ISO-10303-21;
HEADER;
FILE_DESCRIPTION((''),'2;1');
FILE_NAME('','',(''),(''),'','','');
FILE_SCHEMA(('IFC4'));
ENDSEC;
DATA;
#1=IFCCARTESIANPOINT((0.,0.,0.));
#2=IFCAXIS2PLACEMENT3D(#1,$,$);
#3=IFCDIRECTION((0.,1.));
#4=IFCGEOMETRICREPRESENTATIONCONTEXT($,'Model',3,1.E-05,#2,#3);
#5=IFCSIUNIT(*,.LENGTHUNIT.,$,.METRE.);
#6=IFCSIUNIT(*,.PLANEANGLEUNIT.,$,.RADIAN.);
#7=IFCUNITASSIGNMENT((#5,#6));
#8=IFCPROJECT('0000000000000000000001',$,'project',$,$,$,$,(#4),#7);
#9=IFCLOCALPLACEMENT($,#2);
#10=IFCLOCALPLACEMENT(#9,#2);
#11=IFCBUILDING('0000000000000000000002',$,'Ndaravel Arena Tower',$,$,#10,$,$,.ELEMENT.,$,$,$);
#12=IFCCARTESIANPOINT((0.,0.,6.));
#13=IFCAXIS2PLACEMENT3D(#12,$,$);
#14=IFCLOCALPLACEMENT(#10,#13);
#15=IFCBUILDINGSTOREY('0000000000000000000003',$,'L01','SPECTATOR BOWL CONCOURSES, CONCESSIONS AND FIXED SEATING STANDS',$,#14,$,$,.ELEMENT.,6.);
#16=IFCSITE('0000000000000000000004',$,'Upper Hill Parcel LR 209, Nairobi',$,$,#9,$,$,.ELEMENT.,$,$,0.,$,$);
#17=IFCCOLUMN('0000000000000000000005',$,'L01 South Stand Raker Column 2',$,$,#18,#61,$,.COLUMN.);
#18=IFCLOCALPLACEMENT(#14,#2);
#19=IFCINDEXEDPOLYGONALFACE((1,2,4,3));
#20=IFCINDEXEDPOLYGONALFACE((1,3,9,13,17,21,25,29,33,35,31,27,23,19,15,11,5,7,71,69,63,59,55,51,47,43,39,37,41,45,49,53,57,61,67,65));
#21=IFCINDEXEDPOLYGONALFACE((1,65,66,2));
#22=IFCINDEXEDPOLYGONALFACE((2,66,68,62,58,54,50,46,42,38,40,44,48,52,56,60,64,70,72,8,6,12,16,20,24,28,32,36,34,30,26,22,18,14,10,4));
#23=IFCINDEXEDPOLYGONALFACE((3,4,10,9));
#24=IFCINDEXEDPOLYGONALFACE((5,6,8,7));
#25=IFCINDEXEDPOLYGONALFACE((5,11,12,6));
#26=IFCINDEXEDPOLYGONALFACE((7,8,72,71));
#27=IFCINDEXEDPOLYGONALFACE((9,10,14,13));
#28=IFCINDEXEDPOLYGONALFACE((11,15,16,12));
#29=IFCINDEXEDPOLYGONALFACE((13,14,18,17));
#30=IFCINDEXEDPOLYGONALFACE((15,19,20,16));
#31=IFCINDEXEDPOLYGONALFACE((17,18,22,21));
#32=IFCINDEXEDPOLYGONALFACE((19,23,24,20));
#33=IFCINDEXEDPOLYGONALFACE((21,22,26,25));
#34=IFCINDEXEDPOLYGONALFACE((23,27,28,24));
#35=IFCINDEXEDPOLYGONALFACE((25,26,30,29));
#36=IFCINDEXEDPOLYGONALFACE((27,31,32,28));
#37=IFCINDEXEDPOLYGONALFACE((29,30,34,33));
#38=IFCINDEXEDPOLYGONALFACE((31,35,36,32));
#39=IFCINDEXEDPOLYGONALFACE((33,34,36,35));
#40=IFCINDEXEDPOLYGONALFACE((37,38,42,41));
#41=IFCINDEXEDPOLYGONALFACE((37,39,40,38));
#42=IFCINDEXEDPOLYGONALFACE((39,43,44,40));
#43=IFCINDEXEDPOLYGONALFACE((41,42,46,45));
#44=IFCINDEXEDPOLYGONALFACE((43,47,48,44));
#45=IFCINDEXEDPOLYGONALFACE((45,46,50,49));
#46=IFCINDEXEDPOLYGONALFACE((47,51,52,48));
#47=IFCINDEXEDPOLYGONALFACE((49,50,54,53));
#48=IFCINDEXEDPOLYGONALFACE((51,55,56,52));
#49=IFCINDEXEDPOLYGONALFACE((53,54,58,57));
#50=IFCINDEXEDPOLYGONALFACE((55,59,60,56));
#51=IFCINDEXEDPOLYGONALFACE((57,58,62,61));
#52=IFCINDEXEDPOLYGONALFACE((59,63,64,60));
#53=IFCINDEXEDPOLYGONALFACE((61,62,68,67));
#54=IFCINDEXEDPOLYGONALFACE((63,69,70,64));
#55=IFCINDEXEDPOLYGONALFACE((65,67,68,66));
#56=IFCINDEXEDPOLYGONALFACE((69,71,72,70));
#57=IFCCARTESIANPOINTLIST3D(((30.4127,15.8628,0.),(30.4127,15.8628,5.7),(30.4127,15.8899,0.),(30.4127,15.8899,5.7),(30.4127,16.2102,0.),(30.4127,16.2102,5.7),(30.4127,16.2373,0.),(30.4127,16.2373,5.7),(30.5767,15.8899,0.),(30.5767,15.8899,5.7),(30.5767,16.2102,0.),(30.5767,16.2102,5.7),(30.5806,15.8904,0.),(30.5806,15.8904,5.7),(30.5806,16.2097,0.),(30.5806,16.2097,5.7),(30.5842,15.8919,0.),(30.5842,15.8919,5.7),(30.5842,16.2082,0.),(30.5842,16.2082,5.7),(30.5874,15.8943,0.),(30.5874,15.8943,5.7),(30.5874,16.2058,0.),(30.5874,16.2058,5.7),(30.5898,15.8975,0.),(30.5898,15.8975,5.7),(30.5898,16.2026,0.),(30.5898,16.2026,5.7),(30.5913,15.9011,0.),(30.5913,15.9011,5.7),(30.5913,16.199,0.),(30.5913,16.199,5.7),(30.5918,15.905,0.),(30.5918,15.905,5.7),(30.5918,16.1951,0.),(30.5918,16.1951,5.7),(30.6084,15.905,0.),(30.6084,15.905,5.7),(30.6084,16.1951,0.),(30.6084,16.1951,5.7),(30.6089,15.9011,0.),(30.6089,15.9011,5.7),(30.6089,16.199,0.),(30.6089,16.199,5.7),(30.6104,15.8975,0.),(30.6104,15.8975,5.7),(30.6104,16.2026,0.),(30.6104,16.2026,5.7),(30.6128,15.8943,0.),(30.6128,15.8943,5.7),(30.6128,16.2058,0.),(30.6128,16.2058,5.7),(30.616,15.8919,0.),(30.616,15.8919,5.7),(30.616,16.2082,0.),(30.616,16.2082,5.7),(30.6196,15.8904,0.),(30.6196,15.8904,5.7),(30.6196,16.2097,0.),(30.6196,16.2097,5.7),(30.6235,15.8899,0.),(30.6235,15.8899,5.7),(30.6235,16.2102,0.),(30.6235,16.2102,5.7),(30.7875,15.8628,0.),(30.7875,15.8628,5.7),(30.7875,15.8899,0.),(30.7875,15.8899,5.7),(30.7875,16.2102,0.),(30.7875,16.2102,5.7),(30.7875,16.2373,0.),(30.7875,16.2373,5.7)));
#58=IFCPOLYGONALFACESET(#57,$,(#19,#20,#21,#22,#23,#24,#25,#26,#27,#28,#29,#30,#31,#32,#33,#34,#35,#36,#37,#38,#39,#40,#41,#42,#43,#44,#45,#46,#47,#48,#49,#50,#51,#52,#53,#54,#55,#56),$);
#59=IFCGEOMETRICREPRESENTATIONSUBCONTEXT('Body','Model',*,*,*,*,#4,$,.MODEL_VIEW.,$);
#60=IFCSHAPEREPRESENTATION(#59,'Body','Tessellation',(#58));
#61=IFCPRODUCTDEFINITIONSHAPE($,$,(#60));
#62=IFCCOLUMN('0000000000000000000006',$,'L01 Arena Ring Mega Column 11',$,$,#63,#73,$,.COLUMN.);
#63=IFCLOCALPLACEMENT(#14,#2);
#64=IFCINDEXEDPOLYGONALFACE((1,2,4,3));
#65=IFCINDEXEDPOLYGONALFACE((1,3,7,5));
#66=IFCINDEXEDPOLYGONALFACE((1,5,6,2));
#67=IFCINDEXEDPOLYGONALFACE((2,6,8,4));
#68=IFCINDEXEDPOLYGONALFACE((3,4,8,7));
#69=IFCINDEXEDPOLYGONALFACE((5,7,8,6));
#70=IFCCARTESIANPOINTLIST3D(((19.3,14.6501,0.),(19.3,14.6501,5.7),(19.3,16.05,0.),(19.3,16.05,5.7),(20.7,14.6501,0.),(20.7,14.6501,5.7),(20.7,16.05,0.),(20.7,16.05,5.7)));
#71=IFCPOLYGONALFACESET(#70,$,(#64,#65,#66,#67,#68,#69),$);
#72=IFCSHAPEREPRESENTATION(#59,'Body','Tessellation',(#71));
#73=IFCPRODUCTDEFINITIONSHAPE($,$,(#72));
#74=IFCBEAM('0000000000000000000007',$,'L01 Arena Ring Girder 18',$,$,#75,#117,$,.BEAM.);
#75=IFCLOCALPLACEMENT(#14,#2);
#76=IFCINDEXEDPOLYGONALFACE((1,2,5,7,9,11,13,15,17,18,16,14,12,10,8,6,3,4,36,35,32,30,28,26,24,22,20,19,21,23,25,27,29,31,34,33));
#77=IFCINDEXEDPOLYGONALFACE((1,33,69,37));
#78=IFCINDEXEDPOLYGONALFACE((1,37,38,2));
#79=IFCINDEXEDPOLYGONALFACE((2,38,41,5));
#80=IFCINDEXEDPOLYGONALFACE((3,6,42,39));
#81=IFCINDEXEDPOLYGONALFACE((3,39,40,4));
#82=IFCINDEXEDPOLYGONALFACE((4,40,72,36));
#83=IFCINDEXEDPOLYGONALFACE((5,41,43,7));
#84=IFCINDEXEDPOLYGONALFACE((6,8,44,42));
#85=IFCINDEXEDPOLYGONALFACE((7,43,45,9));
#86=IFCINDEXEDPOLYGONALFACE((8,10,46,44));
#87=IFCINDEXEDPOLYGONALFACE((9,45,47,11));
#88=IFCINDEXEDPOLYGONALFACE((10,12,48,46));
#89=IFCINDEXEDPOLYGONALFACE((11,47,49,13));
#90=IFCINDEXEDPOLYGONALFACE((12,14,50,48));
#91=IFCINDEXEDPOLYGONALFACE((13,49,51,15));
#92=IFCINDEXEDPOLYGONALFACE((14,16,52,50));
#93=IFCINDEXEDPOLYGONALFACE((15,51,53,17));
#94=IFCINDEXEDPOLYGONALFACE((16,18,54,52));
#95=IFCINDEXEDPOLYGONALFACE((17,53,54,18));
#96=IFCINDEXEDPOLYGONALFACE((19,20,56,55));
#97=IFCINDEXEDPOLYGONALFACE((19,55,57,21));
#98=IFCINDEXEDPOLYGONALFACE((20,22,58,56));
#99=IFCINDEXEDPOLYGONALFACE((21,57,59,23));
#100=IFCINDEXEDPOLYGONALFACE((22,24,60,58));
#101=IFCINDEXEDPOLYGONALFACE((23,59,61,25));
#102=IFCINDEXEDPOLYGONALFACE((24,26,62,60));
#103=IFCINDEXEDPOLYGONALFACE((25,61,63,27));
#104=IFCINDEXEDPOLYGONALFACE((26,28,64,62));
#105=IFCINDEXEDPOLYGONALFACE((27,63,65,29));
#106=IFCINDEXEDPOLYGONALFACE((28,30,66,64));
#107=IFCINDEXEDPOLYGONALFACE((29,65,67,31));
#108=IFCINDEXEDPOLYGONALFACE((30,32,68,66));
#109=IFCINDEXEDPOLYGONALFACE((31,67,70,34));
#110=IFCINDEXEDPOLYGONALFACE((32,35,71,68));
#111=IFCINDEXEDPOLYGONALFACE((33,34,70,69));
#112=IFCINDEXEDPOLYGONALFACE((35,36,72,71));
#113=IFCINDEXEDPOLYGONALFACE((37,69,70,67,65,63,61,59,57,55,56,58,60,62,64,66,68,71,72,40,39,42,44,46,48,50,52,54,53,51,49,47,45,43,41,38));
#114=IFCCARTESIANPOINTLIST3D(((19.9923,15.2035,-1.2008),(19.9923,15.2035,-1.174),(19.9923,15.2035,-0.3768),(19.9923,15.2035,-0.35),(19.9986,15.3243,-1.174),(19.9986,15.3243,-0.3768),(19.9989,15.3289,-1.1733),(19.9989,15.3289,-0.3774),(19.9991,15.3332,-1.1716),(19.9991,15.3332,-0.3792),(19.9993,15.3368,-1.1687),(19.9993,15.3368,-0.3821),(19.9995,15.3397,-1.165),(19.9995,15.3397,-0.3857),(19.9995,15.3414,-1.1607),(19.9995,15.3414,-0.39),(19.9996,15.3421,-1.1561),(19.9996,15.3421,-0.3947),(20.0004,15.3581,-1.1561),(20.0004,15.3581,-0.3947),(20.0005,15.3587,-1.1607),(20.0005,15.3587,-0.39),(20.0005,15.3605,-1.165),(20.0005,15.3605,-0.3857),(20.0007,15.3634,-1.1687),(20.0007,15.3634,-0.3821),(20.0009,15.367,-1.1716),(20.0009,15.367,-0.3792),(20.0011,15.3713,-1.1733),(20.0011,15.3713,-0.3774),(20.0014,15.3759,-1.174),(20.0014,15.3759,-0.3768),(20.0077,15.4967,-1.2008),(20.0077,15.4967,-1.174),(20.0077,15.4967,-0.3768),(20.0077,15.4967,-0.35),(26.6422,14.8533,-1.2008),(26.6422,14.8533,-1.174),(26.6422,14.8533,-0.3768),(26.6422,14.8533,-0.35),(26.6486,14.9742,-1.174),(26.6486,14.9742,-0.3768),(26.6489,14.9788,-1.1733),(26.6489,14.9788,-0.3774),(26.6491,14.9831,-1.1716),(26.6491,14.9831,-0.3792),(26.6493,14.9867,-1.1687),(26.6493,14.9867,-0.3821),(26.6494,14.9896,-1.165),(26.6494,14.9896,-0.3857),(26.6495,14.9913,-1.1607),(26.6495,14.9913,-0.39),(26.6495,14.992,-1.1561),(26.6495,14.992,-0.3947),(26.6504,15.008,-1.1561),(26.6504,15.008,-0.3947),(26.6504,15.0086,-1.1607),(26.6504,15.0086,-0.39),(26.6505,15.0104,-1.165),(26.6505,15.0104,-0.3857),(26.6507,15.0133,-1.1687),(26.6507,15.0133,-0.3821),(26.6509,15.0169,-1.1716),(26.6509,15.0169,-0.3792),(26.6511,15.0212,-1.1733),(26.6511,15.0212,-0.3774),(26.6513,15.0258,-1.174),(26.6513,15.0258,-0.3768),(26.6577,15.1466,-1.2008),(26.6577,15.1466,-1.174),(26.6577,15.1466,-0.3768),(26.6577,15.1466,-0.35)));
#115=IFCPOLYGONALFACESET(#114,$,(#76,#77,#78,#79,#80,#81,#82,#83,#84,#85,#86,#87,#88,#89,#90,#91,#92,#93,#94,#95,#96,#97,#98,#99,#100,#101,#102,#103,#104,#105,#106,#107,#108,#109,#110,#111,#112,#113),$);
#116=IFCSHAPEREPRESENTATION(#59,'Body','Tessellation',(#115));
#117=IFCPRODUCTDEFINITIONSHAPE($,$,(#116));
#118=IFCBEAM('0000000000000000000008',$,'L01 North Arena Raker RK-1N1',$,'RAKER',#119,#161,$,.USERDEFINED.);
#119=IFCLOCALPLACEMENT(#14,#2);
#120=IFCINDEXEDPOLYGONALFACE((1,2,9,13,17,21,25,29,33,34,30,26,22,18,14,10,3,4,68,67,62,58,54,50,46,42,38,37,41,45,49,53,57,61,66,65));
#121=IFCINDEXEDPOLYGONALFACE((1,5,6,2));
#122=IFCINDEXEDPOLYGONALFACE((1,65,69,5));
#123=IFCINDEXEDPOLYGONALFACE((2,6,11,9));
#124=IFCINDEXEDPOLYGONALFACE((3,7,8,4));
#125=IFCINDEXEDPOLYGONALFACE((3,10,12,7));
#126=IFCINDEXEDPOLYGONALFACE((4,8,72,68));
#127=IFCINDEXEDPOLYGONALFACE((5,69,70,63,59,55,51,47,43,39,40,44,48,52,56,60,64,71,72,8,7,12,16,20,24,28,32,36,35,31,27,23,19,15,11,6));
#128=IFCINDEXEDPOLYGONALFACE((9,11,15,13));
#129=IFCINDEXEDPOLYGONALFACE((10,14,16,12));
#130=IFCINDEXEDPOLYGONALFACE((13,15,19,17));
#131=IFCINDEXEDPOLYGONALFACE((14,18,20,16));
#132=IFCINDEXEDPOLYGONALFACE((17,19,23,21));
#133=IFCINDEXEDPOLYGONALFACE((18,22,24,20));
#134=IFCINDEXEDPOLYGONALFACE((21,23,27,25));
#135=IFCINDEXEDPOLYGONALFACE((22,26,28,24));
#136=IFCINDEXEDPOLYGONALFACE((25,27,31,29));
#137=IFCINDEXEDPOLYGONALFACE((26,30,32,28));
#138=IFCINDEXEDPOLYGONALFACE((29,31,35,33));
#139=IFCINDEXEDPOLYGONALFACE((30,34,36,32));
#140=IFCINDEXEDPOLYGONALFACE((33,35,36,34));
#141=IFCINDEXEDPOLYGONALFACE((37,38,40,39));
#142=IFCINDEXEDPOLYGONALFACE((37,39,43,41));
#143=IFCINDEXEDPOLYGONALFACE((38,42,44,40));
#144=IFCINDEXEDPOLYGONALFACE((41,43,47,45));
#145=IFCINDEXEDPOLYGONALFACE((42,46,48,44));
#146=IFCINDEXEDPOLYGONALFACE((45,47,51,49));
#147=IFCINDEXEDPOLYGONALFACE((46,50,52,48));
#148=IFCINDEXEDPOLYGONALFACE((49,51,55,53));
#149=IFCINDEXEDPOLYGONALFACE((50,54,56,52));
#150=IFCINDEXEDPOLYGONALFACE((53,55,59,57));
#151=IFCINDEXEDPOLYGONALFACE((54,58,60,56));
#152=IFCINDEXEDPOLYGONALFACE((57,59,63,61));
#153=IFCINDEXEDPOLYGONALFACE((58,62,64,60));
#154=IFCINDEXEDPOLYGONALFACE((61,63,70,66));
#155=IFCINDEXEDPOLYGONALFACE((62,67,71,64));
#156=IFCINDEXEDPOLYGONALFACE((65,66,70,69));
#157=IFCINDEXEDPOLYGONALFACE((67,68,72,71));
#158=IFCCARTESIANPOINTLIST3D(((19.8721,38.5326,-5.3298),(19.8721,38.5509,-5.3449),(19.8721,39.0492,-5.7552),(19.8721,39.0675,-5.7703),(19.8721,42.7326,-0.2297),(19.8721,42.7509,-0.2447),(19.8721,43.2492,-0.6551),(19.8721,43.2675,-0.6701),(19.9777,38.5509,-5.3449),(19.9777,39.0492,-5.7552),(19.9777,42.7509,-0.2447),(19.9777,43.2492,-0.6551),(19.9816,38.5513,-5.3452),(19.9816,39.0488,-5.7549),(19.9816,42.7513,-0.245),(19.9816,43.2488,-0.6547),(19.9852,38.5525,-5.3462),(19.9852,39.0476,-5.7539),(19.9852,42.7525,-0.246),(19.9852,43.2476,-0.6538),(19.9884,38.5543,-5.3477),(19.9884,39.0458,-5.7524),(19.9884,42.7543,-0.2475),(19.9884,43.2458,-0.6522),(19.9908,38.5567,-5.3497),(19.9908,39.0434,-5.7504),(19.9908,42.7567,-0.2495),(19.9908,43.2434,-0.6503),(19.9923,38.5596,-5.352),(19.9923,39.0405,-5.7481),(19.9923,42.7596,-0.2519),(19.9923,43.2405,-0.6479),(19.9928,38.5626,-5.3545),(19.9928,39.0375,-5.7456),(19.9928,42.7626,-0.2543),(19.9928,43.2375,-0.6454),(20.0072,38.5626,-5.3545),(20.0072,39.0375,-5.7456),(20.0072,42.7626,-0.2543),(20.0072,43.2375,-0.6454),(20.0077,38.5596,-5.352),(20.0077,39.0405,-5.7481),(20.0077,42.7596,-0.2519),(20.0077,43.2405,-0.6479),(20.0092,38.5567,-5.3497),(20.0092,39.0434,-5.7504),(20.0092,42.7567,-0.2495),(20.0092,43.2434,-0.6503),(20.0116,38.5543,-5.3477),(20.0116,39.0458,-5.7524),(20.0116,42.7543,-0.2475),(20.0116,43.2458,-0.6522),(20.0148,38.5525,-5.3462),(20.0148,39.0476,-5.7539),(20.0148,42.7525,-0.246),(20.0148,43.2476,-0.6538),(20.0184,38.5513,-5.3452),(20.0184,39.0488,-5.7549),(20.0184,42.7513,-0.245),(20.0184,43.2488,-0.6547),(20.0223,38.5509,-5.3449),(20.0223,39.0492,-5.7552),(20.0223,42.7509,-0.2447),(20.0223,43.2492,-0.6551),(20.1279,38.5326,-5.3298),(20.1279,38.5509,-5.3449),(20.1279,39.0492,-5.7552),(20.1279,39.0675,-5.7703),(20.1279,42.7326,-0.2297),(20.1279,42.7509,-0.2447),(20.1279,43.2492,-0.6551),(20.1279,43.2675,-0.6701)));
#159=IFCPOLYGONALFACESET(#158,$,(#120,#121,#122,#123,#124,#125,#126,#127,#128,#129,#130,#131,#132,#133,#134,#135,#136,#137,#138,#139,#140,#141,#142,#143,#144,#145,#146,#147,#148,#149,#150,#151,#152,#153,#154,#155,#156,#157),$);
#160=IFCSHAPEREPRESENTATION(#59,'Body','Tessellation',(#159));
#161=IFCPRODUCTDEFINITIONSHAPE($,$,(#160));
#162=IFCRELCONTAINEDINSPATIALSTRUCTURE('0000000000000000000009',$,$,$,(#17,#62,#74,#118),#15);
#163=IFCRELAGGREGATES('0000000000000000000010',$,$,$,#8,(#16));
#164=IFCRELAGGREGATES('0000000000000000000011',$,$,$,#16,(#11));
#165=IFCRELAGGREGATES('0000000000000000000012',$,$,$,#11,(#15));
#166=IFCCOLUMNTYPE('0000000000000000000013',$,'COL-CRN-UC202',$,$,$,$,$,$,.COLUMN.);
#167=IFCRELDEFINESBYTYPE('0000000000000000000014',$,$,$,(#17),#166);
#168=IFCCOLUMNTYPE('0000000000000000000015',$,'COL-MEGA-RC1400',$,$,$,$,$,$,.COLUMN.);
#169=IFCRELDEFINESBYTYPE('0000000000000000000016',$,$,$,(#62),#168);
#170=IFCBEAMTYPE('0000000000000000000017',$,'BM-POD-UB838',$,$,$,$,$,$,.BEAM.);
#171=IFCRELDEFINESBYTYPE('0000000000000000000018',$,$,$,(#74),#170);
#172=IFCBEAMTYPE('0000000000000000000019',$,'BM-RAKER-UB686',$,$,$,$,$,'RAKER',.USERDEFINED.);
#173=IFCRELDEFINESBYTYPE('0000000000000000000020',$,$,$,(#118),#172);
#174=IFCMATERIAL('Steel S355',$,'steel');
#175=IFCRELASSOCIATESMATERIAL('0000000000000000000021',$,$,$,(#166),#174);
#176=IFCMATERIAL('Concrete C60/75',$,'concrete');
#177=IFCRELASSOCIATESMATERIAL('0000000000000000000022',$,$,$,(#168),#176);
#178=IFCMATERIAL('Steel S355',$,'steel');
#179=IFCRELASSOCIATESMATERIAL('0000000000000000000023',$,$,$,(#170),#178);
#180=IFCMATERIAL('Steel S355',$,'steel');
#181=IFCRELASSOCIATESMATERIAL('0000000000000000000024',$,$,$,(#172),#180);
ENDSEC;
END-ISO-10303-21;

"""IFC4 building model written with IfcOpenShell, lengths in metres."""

from ifc_helpers import new_model, si_unit, direction, frame, origin, origin_2d, place, context, subcontext, project, spatial, rectangle, i_section, extrude, material, material_profile, profile_set, type_object, element, save


model = new_model("IFC4")

# Units and contexts
model_context = context("Model", 3, precision=1e-05, world=origin(), true_north=direction((0.0, 1.0)))
body_context = subcontext(model_context, "Body", "Model", "MODEL_VIEW")
ifc_project = project(units=[si_unit("LENGTHUNIT", "METRE"), si_unit("PLANEANGLEUNIT", "RADIAN")], contexts=[model_context])

# Site, building, storey
site_placement = place(None, origin())
site = spatial("IfcSite", under=ifc_project, at=site_placement, Name="Upper Hill Parcel LR 209, Nairobi", CompositionType="ELEMENT", RefElevation=0.0)
building_placement = place(site_placement, origin())
building = spatial("IfcBuilding", under=site, at=building_placement, Name="Ndaravel Arena Tower", CompositionType="ELEMENT")
storey_placement = place(building_placement, frame((0.0, 0.0, 6.0)))
storey = spatial("IfcBuildingStorey", under=building, at=storey_placement, Name="L01", Description="SPECTATOR BOWL CONCOURSES, CONCESSIONS AND FIXED SEATING STANDS", CompositionType="ELEMENT", Elevation=6.0)

# Columns
ifc_material_1 = material(Name="Steel S355", Category="steel")
ifc_material_profile_1 = material_profile(ifc_material_1, i_section(OverallWidth=0.3748, OverallDepth=0.3745, WebThickness=0.0166, FlangeThickness=0.0271, FilletRadius=0.0151, at=origin_2d()), Name="UC 356x368x202")
ifc_profile_set_1 = profile_set([ifc_material_profile_1], Name="Steel S355")
column_type_1 = type_object("IfcColumnType", Name="COL-CRN-UC202", PredefinedType="COLUMN", material=ifc_profile_set_1)
column_1_placement = place(storey_placement, frame((30.6001, 16.05, 0.0), z_axis=(0.0, 0.0, 1.0), x_axis=(1.0, 0.0, 0.0)))
element("IfcColumn", 1, at=column_1_placement, inside=storey, type_object=column_type_1, Name="L01 South Stand Raker Column 2", PredefinedType="COLUMN", context=body_context, shape_type="SweptSolid", body=[
    extrude(i_section(OverallWidth=0.3748, OverallDepth=0.3745, WebThickness=0.0166, FlangeThickness=0.0271, FilletRadius=0.0151, at=origin_2d()), origin(), (0.0, 0.0, 1.0), 5.7),
])
ifc_material_2 = material(Name="Concrete C60/75", Category="concrete")
ifc_material_profile_2 = material_profile(ifc_material_2, rectangle(XDim=1.3999, YDim=1.3999, at=origin_2d()), Name="RC 1400x1400")
ifc_profile_set_2 = profile_set([ifc_material_profile_2], Name="Concrete C60/75")
column_type_2 = type_object("IfcColumnType", Name="COL-MEGA-RC1400", PredefinedType="COLUMN", material=ifc_profile_set_2)
column_2_placement = place(storey_placement, frame((20.0, 15.3501, 0.0), z_axis=(0.0, 0.0, 1.0), x_axis=(1.0, 0.0, 0.0)))
element("IfcColumn", 2, at=column_2_placement, inside=storey, type_object=column_type_2, Name="L01 Arena Ring Mega Column 11", PredefinedType="COLUMN", context=body_context, shape_type="SweptSolid", body=[
    extrude(rectangle(XDim=1.3999, YDim=1.3999, at=origin_2d()), origin(), (0.0, 0.0, 1.0), 5.7),
])

# Beams
ifc_material_3 = material(Name="Steel S355", Category="steel")
ifc_material_profile_3 = material_profile(ifc_material_3, i_section(OverallWidth=0.2937, OverallDepth=0.8508, WebThickness=0.0161, FlangeThickness=0.0269, FilletRadius=0.0178, at=origin_2d()), Name="UB 838x292x226")
ifc_profile_set_3 = profile_set([ifc_material_profile_3], Name="Steel S355")
beam_type_1 = type_object("IfcBeamType", Name="BM-POD-UB838", PredefinedType="BEAM", material=ifc_profile_set_3)
beam_1_placement = place(storey_placement, frame((20.0, 15.3501, -0.7754), z_axis=(0.998617, -0.052574, 0.0), x_axis=(0.052574, 0.998617, 0.0)))
element("IfcBeam", 3, at=beam_1_placement, inside=storey, type_object=beam_type_1, Name="L01 Arena Ring Girder 18", PredefinedType="BEAM", context=body_context, shape_type="SweptSolid", body=[
    extrude(i_section(OverallWidth=0.2937, OverallDepth=0.8508, WebThickness=0.0161, FlangeThickness=0.0269, FilletRadius=0.0178, at=origin_2d()), origin(), (0.0, 0.0, 1.0), 6.6592),
])
ifc_material_4 = material(Name="Steel S355", Category="steel")
ifc_material_profile_4 = material_profile(ifc_material_4, i_section(OverallWidth=0.2559, OverallDepth=0.6929, WebThickness=0.0144, FlangeThickness=0.0237, FilletRadius=0.0151, at=origin_2d()), Name="UB 686x254x170")
ifc_profile_set_4 = profile_set([ifc_material_profile_4], Name="Steel S355")
beam_type_2 = type_object("IfcBeamType", Name="BM-RAKER-UB686", ElementType="RAKER", PredefinedType="USERDEFINED", material=ifc_profile_set_4)
beam_2_placement = place(storey_placement, frame((20.0, 38.8, -5.55), z_axis=(0.0, 0.635696, 0.77194), x_axis=(-1.0, 0.0, 0.0)))
element("IfcBeam", 4, at=beam_2_placement, inside=storey, type_object=beam_type_2, Name="L01 North Arena Raker RK-1N1", ObjectType="RAKER", PredefinedType="USERDEFINED", context=body_context, shape_type="SweptSolid", body=[
    extrude(i_section(OverallWidth=0.2559, OverallDepth=0.6929, WebThickness=0.0144, FlangeThickness=0.0237, FilletRadius=0.0151, at=origin_2d()), origin(), (0.0, 0.0, 1.0), 6.6069),
])

save(model, "model.ifc")
